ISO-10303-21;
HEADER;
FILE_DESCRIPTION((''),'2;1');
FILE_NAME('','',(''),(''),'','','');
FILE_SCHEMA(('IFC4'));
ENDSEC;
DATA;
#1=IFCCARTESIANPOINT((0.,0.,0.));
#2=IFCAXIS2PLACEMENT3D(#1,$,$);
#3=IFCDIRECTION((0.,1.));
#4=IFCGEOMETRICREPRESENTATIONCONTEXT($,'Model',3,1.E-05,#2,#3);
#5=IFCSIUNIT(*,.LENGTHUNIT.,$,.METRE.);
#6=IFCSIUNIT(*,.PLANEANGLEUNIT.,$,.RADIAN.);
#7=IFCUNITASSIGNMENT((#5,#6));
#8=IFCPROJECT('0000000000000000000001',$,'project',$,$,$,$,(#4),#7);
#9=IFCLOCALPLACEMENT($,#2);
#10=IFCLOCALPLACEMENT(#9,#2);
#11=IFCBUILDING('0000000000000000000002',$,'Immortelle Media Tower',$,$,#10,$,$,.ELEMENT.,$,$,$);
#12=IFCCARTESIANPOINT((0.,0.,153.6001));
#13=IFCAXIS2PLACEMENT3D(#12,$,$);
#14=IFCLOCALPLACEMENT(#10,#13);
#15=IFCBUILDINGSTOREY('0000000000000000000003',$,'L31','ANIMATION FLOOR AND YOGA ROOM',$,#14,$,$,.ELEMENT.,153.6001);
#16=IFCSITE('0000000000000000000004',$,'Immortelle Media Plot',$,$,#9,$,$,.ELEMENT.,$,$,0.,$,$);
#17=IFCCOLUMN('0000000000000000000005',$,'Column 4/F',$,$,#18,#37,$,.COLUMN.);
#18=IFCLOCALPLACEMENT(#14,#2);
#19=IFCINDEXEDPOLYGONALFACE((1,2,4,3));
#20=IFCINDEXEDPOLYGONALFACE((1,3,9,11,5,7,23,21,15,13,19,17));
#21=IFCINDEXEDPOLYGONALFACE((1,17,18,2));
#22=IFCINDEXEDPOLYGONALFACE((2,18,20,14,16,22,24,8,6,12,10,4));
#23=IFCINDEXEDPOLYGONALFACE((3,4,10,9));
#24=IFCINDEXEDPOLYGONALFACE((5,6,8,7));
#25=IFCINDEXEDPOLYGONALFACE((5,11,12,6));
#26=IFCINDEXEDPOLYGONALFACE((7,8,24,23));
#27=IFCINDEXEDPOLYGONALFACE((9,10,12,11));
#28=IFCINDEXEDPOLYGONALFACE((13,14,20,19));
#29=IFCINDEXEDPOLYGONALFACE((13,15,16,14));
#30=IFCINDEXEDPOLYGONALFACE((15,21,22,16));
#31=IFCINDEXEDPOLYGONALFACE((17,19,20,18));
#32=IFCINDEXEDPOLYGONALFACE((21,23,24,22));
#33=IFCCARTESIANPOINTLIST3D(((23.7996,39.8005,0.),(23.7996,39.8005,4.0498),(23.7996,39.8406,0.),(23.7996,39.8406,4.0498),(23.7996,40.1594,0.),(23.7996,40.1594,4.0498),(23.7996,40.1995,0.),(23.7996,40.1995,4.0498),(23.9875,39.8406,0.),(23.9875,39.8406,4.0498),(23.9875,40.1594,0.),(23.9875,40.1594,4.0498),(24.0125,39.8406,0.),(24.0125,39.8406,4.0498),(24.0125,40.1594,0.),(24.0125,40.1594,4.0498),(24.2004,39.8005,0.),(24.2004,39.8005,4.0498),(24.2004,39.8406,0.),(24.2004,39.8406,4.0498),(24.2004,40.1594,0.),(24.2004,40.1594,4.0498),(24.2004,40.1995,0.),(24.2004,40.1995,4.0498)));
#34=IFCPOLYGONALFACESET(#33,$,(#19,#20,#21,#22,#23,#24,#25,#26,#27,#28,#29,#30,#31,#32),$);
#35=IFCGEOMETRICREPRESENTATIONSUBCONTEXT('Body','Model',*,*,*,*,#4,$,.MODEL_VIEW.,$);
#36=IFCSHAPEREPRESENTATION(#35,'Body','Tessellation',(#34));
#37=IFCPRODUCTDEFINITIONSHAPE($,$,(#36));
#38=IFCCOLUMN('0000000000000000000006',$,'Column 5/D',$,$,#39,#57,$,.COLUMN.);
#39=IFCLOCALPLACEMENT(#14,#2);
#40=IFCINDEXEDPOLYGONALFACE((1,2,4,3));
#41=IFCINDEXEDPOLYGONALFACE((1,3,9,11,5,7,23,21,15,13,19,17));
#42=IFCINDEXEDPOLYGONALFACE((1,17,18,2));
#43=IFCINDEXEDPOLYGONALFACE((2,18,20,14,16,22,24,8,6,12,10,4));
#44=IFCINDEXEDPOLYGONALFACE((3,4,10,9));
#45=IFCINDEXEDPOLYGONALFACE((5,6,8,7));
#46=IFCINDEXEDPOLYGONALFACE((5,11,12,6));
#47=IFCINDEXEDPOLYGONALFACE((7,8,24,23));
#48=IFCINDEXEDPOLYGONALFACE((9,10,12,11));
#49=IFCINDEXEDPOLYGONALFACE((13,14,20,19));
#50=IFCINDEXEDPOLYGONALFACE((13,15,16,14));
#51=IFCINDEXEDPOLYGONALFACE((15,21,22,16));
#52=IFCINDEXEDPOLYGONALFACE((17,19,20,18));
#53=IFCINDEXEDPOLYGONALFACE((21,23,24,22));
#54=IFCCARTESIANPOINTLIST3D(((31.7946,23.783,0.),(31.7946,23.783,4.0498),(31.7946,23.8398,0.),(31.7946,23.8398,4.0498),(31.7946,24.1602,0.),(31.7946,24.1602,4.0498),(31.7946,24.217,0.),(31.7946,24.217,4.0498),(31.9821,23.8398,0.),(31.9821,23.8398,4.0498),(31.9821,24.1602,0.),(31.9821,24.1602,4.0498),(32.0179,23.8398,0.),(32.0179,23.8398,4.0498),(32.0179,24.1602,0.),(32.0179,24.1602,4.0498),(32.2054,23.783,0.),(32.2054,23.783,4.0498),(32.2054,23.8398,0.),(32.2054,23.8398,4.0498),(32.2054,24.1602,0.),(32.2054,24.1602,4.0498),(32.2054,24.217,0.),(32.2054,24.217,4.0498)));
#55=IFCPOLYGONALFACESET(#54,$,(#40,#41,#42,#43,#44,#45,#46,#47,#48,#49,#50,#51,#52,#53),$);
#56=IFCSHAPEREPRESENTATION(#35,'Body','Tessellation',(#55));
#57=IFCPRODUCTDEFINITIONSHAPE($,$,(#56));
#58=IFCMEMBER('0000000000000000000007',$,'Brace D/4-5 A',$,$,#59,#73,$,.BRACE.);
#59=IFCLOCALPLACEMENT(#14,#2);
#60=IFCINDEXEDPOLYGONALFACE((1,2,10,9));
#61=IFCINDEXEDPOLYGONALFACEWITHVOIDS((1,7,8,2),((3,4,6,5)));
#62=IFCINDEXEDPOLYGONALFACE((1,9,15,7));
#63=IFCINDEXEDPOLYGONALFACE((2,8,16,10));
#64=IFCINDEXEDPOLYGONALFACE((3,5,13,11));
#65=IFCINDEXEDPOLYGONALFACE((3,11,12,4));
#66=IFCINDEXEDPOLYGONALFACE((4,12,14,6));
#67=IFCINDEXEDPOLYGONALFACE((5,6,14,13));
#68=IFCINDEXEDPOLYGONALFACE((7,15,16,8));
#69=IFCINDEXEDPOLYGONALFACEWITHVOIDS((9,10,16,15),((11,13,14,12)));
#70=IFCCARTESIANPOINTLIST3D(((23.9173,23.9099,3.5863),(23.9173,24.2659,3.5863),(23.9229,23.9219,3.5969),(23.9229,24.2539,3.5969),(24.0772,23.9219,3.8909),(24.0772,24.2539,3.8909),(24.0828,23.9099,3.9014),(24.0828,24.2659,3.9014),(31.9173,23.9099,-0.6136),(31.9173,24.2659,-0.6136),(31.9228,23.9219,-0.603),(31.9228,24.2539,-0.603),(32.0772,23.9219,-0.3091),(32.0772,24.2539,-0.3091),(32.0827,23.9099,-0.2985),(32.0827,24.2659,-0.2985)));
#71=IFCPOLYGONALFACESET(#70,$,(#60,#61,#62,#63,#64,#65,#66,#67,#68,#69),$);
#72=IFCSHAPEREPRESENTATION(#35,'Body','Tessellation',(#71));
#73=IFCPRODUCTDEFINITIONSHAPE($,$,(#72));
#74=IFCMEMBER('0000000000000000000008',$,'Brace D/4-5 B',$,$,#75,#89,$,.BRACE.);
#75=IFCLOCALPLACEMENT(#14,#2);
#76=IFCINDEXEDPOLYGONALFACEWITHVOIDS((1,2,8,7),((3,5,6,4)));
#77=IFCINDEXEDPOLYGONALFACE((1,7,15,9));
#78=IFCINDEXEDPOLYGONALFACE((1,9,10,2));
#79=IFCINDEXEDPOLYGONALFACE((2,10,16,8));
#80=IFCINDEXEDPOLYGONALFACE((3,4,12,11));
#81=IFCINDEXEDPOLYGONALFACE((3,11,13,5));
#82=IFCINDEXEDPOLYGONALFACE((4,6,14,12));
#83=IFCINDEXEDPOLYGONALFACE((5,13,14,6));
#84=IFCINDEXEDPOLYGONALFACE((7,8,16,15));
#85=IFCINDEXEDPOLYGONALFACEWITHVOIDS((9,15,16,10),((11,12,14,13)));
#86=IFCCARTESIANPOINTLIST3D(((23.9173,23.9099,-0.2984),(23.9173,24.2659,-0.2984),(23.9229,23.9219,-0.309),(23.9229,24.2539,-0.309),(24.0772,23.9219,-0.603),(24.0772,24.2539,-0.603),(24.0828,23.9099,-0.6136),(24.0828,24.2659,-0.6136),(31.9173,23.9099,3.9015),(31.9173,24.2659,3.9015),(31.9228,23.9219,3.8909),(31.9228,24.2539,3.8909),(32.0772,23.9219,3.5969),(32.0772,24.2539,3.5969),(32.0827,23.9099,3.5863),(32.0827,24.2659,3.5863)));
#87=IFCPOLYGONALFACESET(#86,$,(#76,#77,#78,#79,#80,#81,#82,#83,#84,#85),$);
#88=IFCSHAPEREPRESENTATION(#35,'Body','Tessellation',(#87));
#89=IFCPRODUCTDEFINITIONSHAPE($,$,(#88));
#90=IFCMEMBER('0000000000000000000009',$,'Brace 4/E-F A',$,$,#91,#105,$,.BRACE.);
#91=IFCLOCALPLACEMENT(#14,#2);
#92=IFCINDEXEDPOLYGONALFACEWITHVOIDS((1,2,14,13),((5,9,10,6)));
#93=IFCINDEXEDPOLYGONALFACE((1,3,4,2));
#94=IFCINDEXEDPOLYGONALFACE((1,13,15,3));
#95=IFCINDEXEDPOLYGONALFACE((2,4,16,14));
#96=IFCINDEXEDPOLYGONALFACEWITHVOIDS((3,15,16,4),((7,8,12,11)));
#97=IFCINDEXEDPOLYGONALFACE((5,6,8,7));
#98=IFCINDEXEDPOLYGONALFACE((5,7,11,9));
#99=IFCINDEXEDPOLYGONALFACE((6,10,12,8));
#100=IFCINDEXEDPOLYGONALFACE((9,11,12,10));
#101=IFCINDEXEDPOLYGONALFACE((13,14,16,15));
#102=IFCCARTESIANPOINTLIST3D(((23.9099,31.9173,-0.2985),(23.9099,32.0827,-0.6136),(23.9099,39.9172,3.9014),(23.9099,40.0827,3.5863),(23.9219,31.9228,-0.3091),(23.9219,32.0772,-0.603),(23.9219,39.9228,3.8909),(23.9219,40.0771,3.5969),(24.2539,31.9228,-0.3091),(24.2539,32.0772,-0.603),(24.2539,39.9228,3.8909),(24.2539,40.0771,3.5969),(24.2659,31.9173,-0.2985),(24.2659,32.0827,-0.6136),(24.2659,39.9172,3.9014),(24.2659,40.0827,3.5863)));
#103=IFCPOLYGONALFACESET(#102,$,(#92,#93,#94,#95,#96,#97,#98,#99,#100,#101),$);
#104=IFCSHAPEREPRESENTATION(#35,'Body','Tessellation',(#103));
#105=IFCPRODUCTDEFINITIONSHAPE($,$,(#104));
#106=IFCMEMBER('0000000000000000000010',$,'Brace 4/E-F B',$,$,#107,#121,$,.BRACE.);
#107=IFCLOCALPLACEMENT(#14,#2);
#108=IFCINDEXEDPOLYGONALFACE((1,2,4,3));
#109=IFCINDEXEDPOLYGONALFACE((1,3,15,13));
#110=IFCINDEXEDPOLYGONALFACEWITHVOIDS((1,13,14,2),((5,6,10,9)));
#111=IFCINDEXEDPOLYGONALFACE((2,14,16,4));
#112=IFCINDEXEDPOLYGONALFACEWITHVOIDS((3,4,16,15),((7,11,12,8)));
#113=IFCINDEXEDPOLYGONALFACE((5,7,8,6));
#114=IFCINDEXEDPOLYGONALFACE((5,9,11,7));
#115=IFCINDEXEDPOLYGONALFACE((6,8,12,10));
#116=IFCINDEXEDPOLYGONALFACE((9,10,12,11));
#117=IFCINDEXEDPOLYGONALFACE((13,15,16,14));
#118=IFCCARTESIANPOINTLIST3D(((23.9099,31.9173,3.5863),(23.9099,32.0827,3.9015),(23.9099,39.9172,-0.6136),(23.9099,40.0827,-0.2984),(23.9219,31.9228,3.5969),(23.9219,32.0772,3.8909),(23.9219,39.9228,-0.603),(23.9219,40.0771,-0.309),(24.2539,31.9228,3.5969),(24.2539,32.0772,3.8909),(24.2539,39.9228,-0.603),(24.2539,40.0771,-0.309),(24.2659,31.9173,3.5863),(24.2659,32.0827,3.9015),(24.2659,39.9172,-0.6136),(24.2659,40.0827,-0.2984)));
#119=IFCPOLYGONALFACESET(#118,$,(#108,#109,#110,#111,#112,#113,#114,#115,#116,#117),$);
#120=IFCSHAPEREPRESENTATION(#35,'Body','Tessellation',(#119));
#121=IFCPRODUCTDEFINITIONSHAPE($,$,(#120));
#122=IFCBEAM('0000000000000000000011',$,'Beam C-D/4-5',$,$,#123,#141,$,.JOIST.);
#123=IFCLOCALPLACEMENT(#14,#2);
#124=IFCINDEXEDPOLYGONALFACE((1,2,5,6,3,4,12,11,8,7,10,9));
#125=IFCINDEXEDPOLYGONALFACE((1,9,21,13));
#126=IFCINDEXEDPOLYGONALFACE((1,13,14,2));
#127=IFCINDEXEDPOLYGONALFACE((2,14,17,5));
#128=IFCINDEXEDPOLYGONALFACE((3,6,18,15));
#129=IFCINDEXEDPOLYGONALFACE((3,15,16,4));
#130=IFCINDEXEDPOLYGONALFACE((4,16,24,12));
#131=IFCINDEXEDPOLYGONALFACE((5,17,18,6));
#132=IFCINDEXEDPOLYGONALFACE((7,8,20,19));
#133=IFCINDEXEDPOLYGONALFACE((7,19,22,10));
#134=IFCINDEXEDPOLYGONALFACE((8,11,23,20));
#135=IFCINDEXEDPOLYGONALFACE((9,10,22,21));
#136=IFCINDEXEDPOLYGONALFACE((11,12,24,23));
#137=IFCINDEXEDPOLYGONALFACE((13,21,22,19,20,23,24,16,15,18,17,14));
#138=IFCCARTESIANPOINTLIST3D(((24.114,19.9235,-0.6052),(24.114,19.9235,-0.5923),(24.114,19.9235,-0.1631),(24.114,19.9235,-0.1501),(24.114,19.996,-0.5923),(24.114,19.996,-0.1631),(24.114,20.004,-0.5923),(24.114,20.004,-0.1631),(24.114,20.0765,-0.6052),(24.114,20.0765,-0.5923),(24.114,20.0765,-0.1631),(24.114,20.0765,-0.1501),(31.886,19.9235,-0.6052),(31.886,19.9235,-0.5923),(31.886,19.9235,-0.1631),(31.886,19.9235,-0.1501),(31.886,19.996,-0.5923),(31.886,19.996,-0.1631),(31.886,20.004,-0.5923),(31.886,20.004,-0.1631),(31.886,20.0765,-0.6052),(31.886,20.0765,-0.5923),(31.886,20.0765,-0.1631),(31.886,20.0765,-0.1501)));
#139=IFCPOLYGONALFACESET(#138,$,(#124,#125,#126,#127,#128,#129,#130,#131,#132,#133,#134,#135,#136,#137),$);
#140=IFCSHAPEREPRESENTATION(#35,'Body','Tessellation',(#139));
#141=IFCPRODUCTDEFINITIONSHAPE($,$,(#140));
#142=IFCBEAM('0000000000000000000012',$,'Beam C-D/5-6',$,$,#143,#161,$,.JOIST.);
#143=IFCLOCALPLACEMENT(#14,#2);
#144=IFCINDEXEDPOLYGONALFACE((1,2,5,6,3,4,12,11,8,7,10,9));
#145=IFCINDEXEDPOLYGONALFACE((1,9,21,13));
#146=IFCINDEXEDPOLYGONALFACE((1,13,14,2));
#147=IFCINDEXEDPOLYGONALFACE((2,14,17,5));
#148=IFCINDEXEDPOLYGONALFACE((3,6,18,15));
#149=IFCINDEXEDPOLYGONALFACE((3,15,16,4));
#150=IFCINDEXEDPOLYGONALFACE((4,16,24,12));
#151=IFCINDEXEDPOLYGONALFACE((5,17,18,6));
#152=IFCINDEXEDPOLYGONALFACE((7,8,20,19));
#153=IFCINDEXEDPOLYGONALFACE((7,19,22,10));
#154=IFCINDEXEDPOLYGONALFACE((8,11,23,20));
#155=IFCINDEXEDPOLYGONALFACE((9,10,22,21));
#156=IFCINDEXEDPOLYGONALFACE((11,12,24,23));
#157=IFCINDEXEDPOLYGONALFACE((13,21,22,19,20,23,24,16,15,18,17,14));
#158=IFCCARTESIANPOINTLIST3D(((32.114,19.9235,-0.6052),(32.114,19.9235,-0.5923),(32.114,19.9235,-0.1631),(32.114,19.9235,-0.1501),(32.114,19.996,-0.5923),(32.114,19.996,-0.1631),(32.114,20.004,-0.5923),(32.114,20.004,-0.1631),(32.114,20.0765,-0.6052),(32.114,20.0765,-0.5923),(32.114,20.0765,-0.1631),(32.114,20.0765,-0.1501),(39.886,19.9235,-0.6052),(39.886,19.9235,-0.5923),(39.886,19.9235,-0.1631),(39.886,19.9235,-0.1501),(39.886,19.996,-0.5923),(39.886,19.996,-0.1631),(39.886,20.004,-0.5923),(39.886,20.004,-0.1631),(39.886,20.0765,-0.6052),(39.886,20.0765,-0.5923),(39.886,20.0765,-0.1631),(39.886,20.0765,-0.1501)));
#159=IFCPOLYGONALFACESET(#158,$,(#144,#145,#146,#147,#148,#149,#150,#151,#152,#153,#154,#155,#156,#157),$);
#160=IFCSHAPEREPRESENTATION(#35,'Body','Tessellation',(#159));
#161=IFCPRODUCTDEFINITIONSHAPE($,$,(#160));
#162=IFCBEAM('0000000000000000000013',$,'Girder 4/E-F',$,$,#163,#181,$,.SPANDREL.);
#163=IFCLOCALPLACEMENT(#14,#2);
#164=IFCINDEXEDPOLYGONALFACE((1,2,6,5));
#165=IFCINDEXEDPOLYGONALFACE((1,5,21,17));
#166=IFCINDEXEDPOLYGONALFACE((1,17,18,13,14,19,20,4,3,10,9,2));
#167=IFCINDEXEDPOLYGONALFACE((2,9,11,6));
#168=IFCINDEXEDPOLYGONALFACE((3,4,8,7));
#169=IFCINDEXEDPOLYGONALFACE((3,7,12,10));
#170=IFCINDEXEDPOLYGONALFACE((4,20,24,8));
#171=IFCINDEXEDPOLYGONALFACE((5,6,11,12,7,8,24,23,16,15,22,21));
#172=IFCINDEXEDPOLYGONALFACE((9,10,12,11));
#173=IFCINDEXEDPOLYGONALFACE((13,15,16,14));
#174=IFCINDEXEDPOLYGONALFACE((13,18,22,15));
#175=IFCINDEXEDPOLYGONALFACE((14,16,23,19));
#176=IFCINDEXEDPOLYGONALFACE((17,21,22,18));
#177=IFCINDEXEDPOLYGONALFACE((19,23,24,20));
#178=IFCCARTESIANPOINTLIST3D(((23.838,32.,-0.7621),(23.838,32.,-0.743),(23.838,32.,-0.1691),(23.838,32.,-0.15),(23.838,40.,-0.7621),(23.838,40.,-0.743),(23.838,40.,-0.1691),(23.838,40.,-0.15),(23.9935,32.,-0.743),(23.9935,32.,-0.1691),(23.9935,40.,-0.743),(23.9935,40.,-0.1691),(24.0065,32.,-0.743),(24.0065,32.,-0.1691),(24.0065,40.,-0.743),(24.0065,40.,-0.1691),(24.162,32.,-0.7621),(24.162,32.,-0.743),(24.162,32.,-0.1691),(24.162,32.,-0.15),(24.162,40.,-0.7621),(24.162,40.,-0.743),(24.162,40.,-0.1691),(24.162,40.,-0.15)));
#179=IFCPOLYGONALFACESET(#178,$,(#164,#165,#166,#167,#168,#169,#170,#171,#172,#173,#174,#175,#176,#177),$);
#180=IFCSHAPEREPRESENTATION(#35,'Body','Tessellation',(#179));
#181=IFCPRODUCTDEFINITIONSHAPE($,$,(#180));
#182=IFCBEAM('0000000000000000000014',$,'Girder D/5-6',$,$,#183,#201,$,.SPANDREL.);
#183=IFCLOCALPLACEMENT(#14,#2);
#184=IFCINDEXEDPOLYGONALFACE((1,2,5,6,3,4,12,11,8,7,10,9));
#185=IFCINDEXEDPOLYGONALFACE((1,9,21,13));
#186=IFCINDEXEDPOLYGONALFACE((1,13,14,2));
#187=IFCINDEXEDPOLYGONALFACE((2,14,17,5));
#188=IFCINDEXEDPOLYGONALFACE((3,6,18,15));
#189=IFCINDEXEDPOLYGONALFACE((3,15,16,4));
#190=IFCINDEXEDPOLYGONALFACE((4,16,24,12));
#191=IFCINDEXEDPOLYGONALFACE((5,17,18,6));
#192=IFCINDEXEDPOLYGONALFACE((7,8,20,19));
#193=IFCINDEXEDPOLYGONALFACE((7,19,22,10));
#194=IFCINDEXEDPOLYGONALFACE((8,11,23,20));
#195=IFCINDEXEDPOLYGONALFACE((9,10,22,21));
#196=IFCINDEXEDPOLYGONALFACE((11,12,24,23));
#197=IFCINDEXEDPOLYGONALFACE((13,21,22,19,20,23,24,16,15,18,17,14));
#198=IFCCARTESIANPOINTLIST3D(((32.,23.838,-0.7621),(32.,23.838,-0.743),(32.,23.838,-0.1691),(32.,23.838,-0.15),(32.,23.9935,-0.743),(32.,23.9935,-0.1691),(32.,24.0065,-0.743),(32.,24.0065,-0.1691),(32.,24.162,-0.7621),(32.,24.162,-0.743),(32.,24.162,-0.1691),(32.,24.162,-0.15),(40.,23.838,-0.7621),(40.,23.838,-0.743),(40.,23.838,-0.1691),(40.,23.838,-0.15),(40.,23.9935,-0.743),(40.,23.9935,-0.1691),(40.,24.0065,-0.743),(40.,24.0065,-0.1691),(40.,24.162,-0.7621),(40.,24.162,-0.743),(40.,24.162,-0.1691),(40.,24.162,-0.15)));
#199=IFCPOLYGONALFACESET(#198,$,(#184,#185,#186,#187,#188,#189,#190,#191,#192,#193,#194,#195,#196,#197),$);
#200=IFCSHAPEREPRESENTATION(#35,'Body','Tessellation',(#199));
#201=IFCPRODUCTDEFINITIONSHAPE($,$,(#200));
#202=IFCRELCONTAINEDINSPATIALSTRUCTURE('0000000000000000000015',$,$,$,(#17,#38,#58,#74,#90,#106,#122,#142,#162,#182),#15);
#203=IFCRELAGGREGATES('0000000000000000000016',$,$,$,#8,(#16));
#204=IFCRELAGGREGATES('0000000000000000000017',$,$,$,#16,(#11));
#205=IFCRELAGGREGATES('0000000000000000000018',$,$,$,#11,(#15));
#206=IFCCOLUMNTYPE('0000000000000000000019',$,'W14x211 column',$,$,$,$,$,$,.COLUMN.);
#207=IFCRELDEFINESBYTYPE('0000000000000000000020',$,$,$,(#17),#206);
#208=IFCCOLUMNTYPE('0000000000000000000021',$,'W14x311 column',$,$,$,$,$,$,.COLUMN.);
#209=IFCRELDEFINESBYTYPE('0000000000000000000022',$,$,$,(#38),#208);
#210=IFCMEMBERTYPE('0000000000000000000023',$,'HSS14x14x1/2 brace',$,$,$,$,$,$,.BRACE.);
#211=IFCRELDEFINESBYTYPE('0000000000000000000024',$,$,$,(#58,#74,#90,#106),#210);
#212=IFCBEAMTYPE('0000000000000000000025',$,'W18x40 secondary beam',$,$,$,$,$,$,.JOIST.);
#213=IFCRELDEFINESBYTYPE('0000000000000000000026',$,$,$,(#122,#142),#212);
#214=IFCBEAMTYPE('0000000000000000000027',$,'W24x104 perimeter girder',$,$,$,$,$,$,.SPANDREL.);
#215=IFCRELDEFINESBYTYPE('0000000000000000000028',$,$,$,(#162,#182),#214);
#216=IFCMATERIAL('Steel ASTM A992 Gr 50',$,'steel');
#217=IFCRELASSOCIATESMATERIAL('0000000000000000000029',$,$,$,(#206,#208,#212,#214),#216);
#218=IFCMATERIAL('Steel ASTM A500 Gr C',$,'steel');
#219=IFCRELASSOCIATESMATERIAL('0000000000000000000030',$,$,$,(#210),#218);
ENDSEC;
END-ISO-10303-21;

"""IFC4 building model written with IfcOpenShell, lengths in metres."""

from ifc_helpers import new_model, si_unit, direction, frame, origin, origin_2d, place, context, subcontext, project, spatial, hollow_rectangle, i_section, extrude, material, material_profile, profile_set, type_object, element, save


model = new_model("IFC4")

# Units and contexts
model_context = context("Model", 3, precision=1e-05, world=origin(), true_north=direction((0.0, 1.0)))
body_context = subcontext(model_context, "Body", "Model", "MODEL_VIEW")
ifc_project = project(units=[si_unit("LENGTHUNIT", "METRE"), si_unit("PLANEANGLEUNIT", "RADIAN")], contexts=[model_context])

# Site, building, storey
site_placement = place(None, origin())
site = spatial("IfcSite", under=ifc_project, at=site_placement, Name="Immortelle Media Plot", CompositionType="ELEMENT", RefElevation=0.0)
building_placement = place(site_placement, origin())
building = spatial("IfcBuilding", under=site, at=building_placement, Name="Immortelle Media Tower", CompositionType="ELEMENT")
storey_placement = place(building_placement, frame((0.0, 0.0, 153.6001)))
storey = spatial("IfcBuildingStorey", under=building, at=storey_placement, Name="L31", Description="ANIMATION FLOOR AND YOGA ROOM", CompositionType="ELEMENT", Elevation=153.6001)

# Columns
ifc_material_1 = material(Name="Steel ASTM A992 Gr 50", Category="steel")
ifc_material_profile_1 = material_profile(ifc_material_1, i_section(OverallWidth=0.4009, OverallDepth=0.3989, WebThickness=0.0249, FlangeThickness=0.04, at=origin_2d()), Name="W14x211")
ifc_profile_set_1 = profile_set([ifc_material_profile_1], Name="Steel ASTM A992 Gr 50")
column_type_1 = type_object("IfcColumnType", Name="W14x211 column", PredefinedType="COLUMN", material=ifc_profile_set_1)
column_1_placement = place(storey_placement, frame((24.0, 40.0, 0.0), z_axis=(0.0, 0.0, 1.0), x_axis=(1.0, 0.0, 0.0)))
element("IfcColumn", 1, at=column_1_placement, inside=storey, type_object=column_type_1, Name="Column 4/F", PredefinedType="COLUMN", context=body_context, shape_type="SweptSolid", body=[
    extrude(i_section(OverallWidth=0.4009, OverallDepth=0.3989, WebThickness=0.0249, FlangeThickness=0.04, at=origin_2d()), origin(), (0.0, 0.0, 1.0), 4.0498),
])
ifc_material_profile_2 = material_profile(ifc_material_1, i_section(OverallWidth=0.4109, OverallDepth=0.4341, WebThickness=0.0359, FlangeThickness=0.0569, at=origin_2d()), Name="W14x311")
ifc_profile_set_2 = profile_set([ifc_material_profile_2], Name="Steel ASTM A992 Gr 50")
column_type_2 = type_object("IfcColumnType", Name="W14x311 column", PredefinedType="COLUMN", material=ifc_profile_set_2)
column_2_placement = place(storey_placement, frame((32.0, 24.0, 0.0), z_axis=(0.0, 0.0, 1.0), x_axis=(1.0, 0.0, 0.0)))
element("IfcColumn", 2, at=column_2_placement, inside=storey, type_object=column_type_2, Name="Column 5/D", PredefinedType="COLUMN", context=body_context, shape_type="SweptSolid", body=[
    extrude(i_section(OverallWidth=0.4109, OverallDepth=0.4341, WebThickness=0.0359, FlangeThickness=0.0569, at=origin_2d()), origin(), (0.0, 0.0, 1.0), 4.0498),
])

# Members
ifc_material_2 = material(Name="Steel ASTM A500 Gr C", Category="steel")
ifc_material_profile_3 = material_profile(ifc_material_2, hollow_rectangle(XDim=0.356, YDim=0.356, WallThickness=0.012, at=origin_2d()), Name="HSS14x14x1/2 brace")
ifc_profile_set_3 = profile_set([ifc_material_profile_3], Name="Steel ASTM A500 Gr C")
member_type = type_object("IfcMemberType", Name="HSS14x14x1/2 brace", PredefinedType="BRACE", material=ifc_profile_set_3)
for number, where, z_axis, x_axis, name in (
    (3, (32.0, 24.0879, -0.4561), (-0.8854, 0.0, 0.46483), (0.0, -1.0, 0.0), "Brace D/4-5 A"),
    (4, (32.0, 24.0879, 3.7439), (-0.8854, 0.0, -0.46483), (0.0, -1.0, 0.0), "Brace D/4-5 B"),
    (5, (24.0879, 32.0, -0.4561), (0.0, 0.8854, 0.46483), (-1.0, 0.0, 0.0), "Brace 4/E-F A"),
    (6, (24.0879, 32.0, 3.7439), (0.0, 0.8854, -0.46483), (-1.0, 0.0, 0.0), "Brace 4/E-F B"),
):
    element("IfcMember", number, at=place(storey_placement, frame(where, z_axis=z_axis, x_axis=x_axis)), inside=storey, type_object=member_type, Name=name, PredefinedType="BRACE", context=body_context, shape_type="SweptSolid", body=[
        extrude(hollow_rectangle(XDim=0.356, YDim=0.356, WallThickness=0.012, at=origin_2d()), origin(), (0.0, 0.0, 1.0), 9.0354),
    ])

# Beams
ifc_material_profile_4 = material_profile(ifc_material_1, i_section(OverallWidth=0.1531, OverallDepth=0.4551, WebThickness=0.0081, FlangeThickness=0.0129, at=origin_2d()), Name="W18x40")
ifc_profile_set_4 = profile_set([ifc_material_profile_4], Name="Steel ASTM A992 Gr 50")
beam_type_1 = type_object("IfcBeamType", Name="W18x40 secondary beam", PredefinedType="JOIST", material=ifc_profile_set_4)
for number, where, z_axis, x_axis, name in (
    (7, (24.114, 20.0, -0.3777), (1.0, 0.0, 0.0), (0.0, 1.0, 0.0), "Beam C-D/4-5"),
    (8, (32.114, 20.0, -0.3777), (1.0, 0.0, 0.0), (0.0, 1.0, 0.0), "Beam C-D/5-6"),
):
    element("IfcBeam", number, at=place(storey_placement, frame(where, z_axis=z_axis, x_axis=x_axis)), inside=storey, type_object=beam_type_1, Name=name, PredefinedType="JOIST", context=body_context, shape_type="SweptSolid", body=[
        extrude(i_section(OverallWidth=0.1531, OverallDepth=0.4551, WebThickness=0.0081, FlangeThickness=0.0129, at=origin_2d()), origin(), (0.0, 0.0, 1.0), 7.772),
    ])
ifc_material_profile_5 = material_profile(ifc_material_1, i_section(OverallWidth=0.324, OverallDepth=0.6121, WebThickness=0.0129, FlangeThickness=0.019, at=origin_2d()), Name="W24x104")
ifc_profile_set_5 = profile_set([ifc_material_profile_5], Name="Steel ASTM A992 Gr 50")
beam_type_2 = type_object("IfcBeamType", Name="W24x104 perimeter girder", PredefinedType="SPANDREL", material=ifc_profile_set_5)
for number, where, z_axis, x_axis, name in (
    (9, (24.0, 32.0, -0.4561), (0.0, 1.0, 0.0), (-1.0, 0.0, 0.0), "Girder 4/E-F"),
    (10, (32.0, 24.0, -0.4561), (1.0, 0.0, 0.0), (0.0, 1.0, 0.0), "Girder D/5-6"),
):
    element("IfcBeam", number, at=place(storey_placement, frame(where, z_axis=z_axis, x_axis=x_axis)), inside=storey, type_object=beam_type_2, Name=name, PredefinedType="SPANDREL", context=body_context, shape_type="SweptSolid", body=[
        extrude(i_section(OverallWidth=0.324, OverallDepth=0.6121, WebThickness=0.0129, FlangeThickness=0.019, at=origin_2d()), origin(), (0.0, 0.0, 1.0), 8.0),
    ])

save(model, "model.ifc")
